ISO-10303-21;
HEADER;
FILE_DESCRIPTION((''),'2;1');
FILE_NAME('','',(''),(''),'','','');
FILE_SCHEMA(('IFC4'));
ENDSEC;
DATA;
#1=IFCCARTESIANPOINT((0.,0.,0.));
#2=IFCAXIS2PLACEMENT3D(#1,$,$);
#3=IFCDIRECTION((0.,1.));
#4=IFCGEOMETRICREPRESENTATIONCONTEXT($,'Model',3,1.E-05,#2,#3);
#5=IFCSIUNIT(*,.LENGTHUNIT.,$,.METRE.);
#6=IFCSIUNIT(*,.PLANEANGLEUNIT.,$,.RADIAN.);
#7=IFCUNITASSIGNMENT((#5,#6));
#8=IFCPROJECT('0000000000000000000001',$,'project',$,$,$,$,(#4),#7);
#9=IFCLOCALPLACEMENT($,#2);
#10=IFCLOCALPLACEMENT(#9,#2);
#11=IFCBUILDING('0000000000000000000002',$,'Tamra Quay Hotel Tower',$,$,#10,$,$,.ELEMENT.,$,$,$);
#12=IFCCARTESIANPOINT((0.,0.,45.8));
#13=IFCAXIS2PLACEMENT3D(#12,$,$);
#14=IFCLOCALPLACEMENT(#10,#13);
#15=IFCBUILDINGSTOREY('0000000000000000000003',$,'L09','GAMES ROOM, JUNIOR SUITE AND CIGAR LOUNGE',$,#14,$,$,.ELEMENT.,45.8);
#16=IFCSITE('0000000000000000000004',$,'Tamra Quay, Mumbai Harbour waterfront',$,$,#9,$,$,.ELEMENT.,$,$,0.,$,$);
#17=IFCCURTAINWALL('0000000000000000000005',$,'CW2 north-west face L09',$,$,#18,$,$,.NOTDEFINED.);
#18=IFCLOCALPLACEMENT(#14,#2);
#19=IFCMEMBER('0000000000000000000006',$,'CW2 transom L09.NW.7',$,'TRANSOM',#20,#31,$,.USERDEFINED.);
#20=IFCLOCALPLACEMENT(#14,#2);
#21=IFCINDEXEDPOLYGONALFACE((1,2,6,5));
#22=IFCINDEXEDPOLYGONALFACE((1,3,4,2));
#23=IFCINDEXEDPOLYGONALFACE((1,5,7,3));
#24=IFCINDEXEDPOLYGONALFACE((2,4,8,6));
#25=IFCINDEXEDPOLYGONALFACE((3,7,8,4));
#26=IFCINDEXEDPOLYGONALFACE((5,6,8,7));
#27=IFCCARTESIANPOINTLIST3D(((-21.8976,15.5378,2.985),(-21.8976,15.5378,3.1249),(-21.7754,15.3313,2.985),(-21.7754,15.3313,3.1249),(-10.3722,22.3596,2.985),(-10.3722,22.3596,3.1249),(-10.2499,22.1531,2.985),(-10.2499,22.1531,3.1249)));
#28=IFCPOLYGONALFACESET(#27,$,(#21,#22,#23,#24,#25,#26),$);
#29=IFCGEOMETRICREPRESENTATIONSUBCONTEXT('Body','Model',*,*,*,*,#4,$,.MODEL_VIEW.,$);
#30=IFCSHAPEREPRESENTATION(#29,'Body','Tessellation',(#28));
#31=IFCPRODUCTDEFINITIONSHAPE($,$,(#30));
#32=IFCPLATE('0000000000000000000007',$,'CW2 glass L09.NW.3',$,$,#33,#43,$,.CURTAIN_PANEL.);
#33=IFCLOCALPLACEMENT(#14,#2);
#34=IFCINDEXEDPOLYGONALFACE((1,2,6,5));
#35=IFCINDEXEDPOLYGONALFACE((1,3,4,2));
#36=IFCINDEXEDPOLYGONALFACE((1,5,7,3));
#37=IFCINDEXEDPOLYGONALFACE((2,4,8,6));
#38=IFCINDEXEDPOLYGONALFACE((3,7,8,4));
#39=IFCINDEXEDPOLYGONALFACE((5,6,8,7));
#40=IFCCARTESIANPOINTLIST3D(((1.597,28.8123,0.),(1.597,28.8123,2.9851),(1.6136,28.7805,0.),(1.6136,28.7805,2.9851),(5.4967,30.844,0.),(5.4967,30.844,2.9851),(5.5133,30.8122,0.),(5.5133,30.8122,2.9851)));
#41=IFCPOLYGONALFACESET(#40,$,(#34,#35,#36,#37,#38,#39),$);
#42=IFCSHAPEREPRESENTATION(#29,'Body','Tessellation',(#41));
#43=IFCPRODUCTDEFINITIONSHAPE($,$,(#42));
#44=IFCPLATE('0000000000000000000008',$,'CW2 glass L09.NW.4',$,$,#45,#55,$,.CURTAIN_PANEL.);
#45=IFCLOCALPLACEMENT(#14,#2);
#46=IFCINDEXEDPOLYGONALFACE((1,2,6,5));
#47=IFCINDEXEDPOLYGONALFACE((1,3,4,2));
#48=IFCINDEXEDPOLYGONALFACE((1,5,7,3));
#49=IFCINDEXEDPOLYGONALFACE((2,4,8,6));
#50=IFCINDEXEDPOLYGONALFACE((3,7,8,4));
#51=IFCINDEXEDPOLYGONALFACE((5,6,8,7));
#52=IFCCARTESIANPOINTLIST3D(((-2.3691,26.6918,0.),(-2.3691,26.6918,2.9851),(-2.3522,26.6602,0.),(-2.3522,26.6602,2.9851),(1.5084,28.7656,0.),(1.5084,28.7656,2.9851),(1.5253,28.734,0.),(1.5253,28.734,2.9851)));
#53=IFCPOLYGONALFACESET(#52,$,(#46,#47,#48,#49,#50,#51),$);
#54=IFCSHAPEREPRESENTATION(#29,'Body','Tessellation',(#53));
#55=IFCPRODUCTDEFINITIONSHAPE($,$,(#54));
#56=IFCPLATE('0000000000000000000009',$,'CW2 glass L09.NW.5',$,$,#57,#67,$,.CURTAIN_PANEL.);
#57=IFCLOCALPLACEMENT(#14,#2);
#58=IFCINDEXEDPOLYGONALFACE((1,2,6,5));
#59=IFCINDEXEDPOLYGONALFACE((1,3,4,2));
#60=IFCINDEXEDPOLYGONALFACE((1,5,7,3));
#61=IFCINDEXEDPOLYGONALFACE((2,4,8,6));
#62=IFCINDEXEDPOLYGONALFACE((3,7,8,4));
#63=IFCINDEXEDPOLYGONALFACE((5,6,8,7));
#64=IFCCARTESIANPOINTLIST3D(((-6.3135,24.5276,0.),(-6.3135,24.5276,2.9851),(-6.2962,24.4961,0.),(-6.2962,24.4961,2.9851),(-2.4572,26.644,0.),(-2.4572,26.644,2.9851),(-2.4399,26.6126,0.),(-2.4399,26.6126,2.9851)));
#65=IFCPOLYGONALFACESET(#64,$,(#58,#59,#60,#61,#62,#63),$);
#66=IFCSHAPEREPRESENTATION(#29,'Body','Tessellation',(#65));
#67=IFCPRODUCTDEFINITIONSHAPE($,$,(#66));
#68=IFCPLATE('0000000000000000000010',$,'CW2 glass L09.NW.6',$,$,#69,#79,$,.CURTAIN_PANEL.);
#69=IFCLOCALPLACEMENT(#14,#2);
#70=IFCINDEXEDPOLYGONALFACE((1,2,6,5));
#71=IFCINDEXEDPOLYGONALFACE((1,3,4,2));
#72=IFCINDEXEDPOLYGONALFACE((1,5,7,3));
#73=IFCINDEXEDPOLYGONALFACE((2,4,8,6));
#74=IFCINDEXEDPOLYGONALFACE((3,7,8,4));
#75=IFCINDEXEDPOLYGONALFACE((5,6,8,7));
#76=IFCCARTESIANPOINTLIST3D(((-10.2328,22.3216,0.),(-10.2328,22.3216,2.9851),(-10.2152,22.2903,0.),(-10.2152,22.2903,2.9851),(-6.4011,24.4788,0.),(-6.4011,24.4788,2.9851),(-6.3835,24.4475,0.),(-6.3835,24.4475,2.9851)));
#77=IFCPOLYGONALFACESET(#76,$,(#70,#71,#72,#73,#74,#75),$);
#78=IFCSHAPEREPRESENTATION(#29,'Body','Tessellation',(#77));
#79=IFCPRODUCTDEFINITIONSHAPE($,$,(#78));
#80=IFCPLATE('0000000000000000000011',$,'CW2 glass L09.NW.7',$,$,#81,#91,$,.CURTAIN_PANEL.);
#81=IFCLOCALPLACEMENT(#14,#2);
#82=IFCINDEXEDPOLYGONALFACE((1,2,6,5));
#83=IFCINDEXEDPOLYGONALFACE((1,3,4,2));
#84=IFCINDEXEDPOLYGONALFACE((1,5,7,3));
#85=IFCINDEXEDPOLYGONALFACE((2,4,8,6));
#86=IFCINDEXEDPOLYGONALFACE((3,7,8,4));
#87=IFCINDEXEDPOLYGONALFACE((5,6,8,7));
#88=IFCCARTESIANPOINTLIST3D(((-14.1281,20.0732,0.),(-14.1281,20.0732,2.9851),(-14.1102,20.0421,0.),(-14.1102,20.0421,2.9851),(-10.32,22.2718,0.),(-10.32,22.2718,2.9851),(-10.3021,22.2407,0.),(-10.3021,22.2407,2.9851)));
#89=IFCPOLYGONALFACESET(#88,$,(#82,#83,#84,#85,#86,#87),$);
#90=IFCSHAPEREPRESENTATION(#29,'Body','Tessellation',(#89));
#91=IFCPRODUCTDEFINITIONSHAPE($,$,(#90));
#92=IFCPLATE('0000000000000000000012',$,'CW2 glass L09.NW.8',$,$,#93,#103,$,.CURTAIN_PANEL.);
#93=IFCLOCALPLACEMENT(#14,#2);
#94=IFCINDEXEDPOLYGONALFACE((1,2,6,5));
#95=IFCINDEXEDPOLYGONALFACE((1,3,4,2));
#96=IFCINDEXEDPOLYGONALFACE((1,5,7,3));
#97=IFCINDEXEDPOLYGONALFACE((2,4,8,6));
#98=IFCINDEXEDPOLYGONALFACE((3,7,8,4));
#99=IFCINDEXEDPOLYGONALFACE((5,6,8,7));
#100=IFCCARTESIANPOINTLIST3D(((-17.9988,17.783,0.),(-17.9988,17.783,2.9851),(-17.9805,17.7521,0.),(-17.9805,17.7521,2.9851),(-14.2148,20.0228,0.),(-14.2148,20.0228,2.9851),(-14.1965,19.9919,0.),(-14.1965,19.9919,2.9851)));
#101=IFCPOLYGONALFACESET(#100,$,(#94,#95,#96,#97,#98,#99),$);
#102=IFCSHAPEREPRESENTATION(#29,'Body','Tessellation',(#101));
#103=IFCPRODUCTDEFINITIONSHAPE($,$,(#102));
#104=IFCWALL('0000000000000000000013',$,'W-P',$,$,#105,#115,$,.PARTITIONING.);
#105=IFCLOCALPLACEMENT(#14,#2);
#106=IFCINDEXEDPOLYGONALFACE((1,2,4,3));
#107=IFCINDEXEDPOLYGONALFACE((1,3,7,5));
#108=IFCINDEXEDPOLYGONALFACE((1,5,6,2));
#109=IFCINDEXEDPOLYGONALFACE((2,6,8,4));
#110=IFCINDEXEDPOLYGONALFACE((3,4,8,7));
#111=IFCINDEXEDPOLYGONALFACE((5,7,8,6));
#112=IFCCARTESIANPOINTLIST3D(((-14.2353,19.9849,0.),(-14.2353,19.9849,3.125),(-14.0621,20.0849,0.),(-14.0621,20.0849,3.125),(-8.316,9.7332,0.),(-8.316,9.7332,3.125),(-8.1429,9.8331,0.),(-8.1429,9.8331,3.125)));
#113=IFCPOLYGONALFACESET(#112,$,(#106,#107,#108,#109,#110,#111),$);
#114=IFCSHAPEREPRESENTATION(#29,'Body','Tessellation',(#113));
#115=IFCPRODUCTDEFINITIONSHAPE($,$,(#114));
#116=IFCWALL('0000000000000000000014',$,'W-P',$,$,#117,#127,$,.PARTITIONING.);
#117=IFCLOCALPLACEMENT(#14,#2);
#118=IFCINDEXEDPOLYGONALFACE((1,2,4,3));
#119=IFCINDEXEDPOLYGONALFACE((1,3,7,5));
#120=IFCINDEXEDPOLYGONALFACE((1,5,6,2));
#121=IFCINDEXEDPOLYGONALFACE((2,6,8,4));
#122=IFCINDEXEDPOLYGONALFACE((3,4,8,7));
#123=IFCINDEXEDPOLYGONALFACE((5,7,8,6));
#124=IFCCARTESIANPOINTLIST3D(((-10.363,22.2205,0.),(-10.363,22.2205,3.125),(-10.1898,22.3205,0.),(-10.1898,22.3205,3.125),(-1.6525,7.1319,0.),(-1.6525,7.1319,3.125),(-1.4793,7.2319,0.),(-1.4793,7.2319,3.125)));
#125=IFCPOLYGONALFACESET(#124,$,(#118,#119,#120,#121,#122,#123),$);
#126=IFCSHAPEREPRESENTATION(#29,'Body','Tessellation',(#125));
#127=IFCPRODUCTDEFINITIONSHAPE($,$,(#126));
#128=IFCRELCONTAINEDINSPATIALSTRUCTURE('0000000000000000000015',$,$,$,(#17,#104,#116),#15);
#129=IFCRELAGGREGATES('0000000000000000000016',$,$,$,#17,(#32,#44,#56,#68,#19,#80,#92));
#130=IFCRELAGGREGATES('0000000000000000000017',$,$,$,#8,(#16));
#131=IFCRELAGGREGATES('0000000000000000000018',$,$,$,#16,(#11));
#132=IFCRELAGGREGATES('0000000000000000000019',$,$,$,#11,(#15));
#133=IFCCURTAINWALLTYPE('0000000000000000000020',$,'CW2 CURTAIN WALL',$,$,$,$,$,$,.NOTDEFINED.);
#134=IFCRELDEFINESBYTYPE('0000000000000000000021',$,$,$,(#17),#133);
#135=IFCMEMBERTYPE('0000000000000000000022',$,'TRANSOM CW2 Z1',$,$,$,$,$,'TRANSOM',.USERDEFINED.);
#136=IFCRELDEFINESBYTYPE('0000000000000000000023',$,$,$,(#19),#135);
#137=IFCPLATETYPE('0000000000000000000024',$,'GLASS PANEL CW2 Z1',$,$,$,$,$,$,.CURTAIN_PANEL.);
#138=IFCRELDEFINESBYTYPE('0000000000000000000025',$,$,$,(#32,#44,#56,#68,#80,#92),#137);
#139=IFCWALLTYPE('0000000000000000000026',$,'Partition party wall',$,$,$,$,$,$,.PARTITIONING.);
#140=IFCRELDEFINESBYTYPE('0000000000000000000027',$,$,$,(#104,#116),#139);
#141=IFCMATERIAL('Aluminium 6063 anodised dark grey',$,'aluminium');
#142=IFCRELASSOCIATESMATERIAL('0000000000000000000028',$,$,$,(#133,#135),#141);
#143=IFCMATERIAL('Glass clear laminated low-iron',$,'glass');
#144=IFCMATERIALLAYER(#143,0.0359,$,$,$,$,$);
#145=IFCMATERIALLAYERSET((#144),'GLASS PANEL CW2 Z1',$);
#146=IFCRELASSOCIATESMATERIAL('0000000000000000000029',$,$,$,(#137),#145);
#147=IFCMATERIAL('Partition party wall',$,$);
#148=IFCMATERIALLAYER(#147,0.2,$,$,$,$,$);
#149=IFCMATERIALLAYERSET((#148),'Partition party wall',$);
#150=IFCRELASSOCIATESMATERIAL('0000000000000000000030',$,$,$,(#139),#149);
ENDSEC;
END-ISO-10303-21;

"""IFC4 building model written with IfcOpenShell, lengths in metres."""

from ifc_helpers import new_model, si_unit, direction, frame, frame_2d, origin, origin_2d, place, context, subcontext, project, spatial, rectangle, extrude, material, layer, layer_set, material_profile, profile_set, type_object, element, aggregate, save


model = new_model("IFC4")

# Units and contexts
model_context = context("Model", 3, precision=1e-05, world=origin(), true_north=direction((0.0, 1.0)))
body_context = subcontext(model_context, "Body", "Model", "MODEL_VIEW")
ifc_project = project(units=[si_unit("LENGTHUNIT", "METRE"), si_unit("PLANEANGLEUNIT", "RADIAN")], contexts=[model_context])

# Site, building, storey
site_placement = place(None, origin())
site = spatial("IfcSite", under=ifc_project, at=site_placement, Name="Tamra Quay, Mumbai Harbour waterfront", CompositionType="ELEMENT", RefElevation=0.0)
building_placement = place(site_placement, origin())
building = spatial("IfcBuilding", under=site, at=building_placement, Name="Tamra Quay Hotel Tower", CompositionType="ELEMENT")
storey_placement = place(building_placement, frame((0.0, 0.0, 45.8)))
storey = spatial("IfcBuildingStorey", under=building, at=storey_placement, Name="L09", Description="GAMES ROOM, JUNIOR SUITE AND CIGAR LOUNGE", CompositionType="ELEMENT", Elevation=45.8)

# Curtain wall
ifc_material_1 = material(Name="Aluminium 6063 anodised dark grey", Category="aluminium")
curtain_wall_type = type_object("IfcCurtainWallType", Name="CW2 CURTAIN WALL", PredefinedType="NOTDEFINED", material=ifc_material_1)
curtain_wall_placement = place(storey_placement, origin())
curtain_wall = element("IfcCurtainWall", 1, at=curtain_wall_placement, inside=storey, type_object=curtain_wall_type, Name="CW2 north-west face L09", PredefinedType="NOTDEFINED")

# Member
ifc_material_profile_1 = material_profile(ifc_material_1, rectangle(XDim=0.24, YDim=0.1399, at=origin_2d()), Name="TRANSOM 240X140")
ifc_profile_set_1 = profile_set([ifc_material_profile_1], Name="Aluminium 6063 anodised dark grey")
member_type_1 = type_object("IfcMemberType", Name="TRANSOM CW2 Z1", ElementType="TRANSOM", PredefinedType="USERDEFINED", material=ifc_profile_set_1)
member_1_placement = place(storey_placement, frame((-10.311, 22.2563, 3.0549), z_axis=(-0.860556, -0.509356, 0.0), x_axis=(0.509356, -0.860556, 0.0)))
member_1 = element("IfcMember", 2, at=member_1_placement, type_object=member_type_1, Name="CW2 transom L09.NW.7", ObjectType="TRANSOM", PredefinedType="USERDEFINED", context=body_context, shape_type="SweptSolid", body=[
    extrude(rectangle(XDim=0.24, YDim=0.1399, at=origin_2d()), origin(), (0.0, 0.0, 1.0), 13.3931),
])

# Plates
ifc_material_2 = material(Name="Glass clear laminated low-iron", Category="glass")
ifc_layer_1 = layer(ifc_material_2, 0.0359)
ifc_layer_set_1 = layer_set([ifc_layer_1], Name="GLASS PANEL CW2 Z1")
plate_type = type_object("IfcPlateType", Name="GLASS PANEL CW2 Z1", PredefinedType="CURTAIN_PANEL", material=ifc_layer_set_1)
plate_1_placement = place(storey_placement, frame((3.5552, 29.8123, 0.0), z_axis=(0.0, 0.0, 1.0), x_axis=(-0.886856, -0.462045, 0.0)))
plate_1 = element("IfcPlate", 3, at=plate_1_placement, type_object=plate_type, Name="CW2 glass L09.NW.3", PredefinedType="CURTAIN_PANEL", context=body_context, shape_type="SweptSolid", body=[
    extrude(rectangle(XDim=4.3972, YDim=0.0359, at=origin_2d()), origin(), (0.0, 0.0, 1.0), 2.9851),
])
plate_2_placement = place(storey_placement, frame((-0.4219, 27.7129, 0.0), z_axis=(0.0, 0.0, 1.0), x_axis=(-0.881806, -0.471612, 0.0)))
plate_2 = element("IfcPlate", 4, at=plate_2_placement, type_object=plate_type, Name="CW2 glass L09.NW.4", PredefinedType="CURTAIN_PANEL", context=body_context, shape_type="SweptSolid", body=[
    extrude(rectangle(XDim=4.3972, YDim=0.0359, at=origin_2d()), origin(), (0.0, 0.0, 1.0), 2.9851),
])
plate_3_placement = place(storey_placement, frame((-4.3767, 25.5701, 0.0), z_axis=(0.0, 0.0, 1.0), x_axis=(-0.876651, -0.481127, 0.0)))
plate_3 = element("IfcPlate", 5, at=plate_3_placement, type_object=plate_type, Name="CW2 glass L09.NW.5", PredefinedType="CURTAIN_PANEL", context=body_context, shape_type="SweptSolid", body=[
    extrude(rectangle(XDim=4.3989, YDim=0.0359, at=origin_2d()), origin(), (0.0, 0.0, 1.0), 2.9851),
])
plate_4_placement = place(storey_placement, frame((-8.3081, 23.3845, 0.0), z_axis=(0.0, 0.0, 1.0), x_axis=(-0.871392, -0.490587, 0.0)))
plate_4 = element("IfcPlate", 6, at=plate_4_placement, type_object=plate_type, Name="CW2 glass L09.NW.6", PredefinedType="CURTAIN_PANEL", context=body_context, shape_type="SweptSolid", body=[
    extrude(rectangle(XDim=4.3972, YDim=0.0359, at=origin_2d()), origin(), (0.0, 0.0, 1.0), 2.9851),
])
plate_5_placement = place(storey_placement, frame((-12.2151, 21.157, 0.0), z_axis=(0.0, 0.0, 1.0), x_axis=(-0.866025, -0.5, 0.0)))
plate_5 = element("IfcPlate", 7, at=plate_5_placement, type_object=plate_type, Name="CW2 glass L09.NW.7", PredefinedType="CURTAIN_PANEL", context=body_context, shape_type="SweptSolid", body=[
    extrude(rectangle(XDim=4.3972, YDim=0.0359, at=origin_2d()), origin(), (0.0, 0.0, 1.0), 2.9851),
])
plate_6_placement = place(storey_placement, frame((-16.0977, 18.8875, 0.0), z_axis=(0.0, 0.0, 1.0), x_axis=(-0.860557, -0.509355, 0.0)))
plate_6 = element("IfcPlate", 8, at=plate_6_placement, type_object=plate_type, Name="CW2 glass L09.NW.8", PredefinedType="CURTAIN_PANEL", context=body_context, shape_type="SweptSolid", body=[
    extrude(rectangle(XDim=4.3972, YDim=0.0359, at=origin_2d()), origin(), (0.0, 0.0, 1.0), 2.9851),
])
aggregate(curtain_wall, [plate_1, plate_2, plate_3, plate_4, member_1, plate_5, plate_6])

# Walls
ifc_material_3 = material(Name="Partition party wall")
ifc_layer_2 = layer(ifc_material_3, 0.2)
ifc_layer_set_2 = layer_set([ifc_layer_2], Name="Partition party wall")
wall_type = type_object("IfcWallType", Name="Partition party wall", PredefinedType="PARTITIONING", material=ifc_layer_set_2)
wall_1_placement = place(storey_placement, frame((-14.1487, 20.0349, 0.0), z_axis=(0.0, 0.0, 1.0), x_axis=(0.500023, -0.866012, 0.0)))
element("IfcWall", 9, at=wall_1_placement, inside=storey, type_object=wall_type, Name="W-P", PredefinedType="PARTITIONING", context=body_context, shape_type="SweptSolid", body=[
    extrude(rectangle(XDim=11.8379, YDim=0.2, at=frame_2d((5.9189, 0.0))), origin(), (0.0, 0.0, 1.0), 3.125),
])
wall_2_placement = place(storey_placement, frame((-10.2764, 22.2705, 0.0), z_axis=(0.0, 0.0, 1.0), x_axis=(0.499958, -0.86605, 0.0)))
element("IfcWall", 10, at=wall_2_placement, inside=storey, type_object=wall_type, Name="W-P", PredefinedType="PARTITIONING", context=body_context, shape_type="SweptSolid", body=[
    extrude(rectangle(XDim=17.4224, YDim=0.2, at=frame_2d((8.7112, 0.0))), origin(), (0.0, 0.0, 1.0), 3.125),
])

save(model, "model.ifc")
